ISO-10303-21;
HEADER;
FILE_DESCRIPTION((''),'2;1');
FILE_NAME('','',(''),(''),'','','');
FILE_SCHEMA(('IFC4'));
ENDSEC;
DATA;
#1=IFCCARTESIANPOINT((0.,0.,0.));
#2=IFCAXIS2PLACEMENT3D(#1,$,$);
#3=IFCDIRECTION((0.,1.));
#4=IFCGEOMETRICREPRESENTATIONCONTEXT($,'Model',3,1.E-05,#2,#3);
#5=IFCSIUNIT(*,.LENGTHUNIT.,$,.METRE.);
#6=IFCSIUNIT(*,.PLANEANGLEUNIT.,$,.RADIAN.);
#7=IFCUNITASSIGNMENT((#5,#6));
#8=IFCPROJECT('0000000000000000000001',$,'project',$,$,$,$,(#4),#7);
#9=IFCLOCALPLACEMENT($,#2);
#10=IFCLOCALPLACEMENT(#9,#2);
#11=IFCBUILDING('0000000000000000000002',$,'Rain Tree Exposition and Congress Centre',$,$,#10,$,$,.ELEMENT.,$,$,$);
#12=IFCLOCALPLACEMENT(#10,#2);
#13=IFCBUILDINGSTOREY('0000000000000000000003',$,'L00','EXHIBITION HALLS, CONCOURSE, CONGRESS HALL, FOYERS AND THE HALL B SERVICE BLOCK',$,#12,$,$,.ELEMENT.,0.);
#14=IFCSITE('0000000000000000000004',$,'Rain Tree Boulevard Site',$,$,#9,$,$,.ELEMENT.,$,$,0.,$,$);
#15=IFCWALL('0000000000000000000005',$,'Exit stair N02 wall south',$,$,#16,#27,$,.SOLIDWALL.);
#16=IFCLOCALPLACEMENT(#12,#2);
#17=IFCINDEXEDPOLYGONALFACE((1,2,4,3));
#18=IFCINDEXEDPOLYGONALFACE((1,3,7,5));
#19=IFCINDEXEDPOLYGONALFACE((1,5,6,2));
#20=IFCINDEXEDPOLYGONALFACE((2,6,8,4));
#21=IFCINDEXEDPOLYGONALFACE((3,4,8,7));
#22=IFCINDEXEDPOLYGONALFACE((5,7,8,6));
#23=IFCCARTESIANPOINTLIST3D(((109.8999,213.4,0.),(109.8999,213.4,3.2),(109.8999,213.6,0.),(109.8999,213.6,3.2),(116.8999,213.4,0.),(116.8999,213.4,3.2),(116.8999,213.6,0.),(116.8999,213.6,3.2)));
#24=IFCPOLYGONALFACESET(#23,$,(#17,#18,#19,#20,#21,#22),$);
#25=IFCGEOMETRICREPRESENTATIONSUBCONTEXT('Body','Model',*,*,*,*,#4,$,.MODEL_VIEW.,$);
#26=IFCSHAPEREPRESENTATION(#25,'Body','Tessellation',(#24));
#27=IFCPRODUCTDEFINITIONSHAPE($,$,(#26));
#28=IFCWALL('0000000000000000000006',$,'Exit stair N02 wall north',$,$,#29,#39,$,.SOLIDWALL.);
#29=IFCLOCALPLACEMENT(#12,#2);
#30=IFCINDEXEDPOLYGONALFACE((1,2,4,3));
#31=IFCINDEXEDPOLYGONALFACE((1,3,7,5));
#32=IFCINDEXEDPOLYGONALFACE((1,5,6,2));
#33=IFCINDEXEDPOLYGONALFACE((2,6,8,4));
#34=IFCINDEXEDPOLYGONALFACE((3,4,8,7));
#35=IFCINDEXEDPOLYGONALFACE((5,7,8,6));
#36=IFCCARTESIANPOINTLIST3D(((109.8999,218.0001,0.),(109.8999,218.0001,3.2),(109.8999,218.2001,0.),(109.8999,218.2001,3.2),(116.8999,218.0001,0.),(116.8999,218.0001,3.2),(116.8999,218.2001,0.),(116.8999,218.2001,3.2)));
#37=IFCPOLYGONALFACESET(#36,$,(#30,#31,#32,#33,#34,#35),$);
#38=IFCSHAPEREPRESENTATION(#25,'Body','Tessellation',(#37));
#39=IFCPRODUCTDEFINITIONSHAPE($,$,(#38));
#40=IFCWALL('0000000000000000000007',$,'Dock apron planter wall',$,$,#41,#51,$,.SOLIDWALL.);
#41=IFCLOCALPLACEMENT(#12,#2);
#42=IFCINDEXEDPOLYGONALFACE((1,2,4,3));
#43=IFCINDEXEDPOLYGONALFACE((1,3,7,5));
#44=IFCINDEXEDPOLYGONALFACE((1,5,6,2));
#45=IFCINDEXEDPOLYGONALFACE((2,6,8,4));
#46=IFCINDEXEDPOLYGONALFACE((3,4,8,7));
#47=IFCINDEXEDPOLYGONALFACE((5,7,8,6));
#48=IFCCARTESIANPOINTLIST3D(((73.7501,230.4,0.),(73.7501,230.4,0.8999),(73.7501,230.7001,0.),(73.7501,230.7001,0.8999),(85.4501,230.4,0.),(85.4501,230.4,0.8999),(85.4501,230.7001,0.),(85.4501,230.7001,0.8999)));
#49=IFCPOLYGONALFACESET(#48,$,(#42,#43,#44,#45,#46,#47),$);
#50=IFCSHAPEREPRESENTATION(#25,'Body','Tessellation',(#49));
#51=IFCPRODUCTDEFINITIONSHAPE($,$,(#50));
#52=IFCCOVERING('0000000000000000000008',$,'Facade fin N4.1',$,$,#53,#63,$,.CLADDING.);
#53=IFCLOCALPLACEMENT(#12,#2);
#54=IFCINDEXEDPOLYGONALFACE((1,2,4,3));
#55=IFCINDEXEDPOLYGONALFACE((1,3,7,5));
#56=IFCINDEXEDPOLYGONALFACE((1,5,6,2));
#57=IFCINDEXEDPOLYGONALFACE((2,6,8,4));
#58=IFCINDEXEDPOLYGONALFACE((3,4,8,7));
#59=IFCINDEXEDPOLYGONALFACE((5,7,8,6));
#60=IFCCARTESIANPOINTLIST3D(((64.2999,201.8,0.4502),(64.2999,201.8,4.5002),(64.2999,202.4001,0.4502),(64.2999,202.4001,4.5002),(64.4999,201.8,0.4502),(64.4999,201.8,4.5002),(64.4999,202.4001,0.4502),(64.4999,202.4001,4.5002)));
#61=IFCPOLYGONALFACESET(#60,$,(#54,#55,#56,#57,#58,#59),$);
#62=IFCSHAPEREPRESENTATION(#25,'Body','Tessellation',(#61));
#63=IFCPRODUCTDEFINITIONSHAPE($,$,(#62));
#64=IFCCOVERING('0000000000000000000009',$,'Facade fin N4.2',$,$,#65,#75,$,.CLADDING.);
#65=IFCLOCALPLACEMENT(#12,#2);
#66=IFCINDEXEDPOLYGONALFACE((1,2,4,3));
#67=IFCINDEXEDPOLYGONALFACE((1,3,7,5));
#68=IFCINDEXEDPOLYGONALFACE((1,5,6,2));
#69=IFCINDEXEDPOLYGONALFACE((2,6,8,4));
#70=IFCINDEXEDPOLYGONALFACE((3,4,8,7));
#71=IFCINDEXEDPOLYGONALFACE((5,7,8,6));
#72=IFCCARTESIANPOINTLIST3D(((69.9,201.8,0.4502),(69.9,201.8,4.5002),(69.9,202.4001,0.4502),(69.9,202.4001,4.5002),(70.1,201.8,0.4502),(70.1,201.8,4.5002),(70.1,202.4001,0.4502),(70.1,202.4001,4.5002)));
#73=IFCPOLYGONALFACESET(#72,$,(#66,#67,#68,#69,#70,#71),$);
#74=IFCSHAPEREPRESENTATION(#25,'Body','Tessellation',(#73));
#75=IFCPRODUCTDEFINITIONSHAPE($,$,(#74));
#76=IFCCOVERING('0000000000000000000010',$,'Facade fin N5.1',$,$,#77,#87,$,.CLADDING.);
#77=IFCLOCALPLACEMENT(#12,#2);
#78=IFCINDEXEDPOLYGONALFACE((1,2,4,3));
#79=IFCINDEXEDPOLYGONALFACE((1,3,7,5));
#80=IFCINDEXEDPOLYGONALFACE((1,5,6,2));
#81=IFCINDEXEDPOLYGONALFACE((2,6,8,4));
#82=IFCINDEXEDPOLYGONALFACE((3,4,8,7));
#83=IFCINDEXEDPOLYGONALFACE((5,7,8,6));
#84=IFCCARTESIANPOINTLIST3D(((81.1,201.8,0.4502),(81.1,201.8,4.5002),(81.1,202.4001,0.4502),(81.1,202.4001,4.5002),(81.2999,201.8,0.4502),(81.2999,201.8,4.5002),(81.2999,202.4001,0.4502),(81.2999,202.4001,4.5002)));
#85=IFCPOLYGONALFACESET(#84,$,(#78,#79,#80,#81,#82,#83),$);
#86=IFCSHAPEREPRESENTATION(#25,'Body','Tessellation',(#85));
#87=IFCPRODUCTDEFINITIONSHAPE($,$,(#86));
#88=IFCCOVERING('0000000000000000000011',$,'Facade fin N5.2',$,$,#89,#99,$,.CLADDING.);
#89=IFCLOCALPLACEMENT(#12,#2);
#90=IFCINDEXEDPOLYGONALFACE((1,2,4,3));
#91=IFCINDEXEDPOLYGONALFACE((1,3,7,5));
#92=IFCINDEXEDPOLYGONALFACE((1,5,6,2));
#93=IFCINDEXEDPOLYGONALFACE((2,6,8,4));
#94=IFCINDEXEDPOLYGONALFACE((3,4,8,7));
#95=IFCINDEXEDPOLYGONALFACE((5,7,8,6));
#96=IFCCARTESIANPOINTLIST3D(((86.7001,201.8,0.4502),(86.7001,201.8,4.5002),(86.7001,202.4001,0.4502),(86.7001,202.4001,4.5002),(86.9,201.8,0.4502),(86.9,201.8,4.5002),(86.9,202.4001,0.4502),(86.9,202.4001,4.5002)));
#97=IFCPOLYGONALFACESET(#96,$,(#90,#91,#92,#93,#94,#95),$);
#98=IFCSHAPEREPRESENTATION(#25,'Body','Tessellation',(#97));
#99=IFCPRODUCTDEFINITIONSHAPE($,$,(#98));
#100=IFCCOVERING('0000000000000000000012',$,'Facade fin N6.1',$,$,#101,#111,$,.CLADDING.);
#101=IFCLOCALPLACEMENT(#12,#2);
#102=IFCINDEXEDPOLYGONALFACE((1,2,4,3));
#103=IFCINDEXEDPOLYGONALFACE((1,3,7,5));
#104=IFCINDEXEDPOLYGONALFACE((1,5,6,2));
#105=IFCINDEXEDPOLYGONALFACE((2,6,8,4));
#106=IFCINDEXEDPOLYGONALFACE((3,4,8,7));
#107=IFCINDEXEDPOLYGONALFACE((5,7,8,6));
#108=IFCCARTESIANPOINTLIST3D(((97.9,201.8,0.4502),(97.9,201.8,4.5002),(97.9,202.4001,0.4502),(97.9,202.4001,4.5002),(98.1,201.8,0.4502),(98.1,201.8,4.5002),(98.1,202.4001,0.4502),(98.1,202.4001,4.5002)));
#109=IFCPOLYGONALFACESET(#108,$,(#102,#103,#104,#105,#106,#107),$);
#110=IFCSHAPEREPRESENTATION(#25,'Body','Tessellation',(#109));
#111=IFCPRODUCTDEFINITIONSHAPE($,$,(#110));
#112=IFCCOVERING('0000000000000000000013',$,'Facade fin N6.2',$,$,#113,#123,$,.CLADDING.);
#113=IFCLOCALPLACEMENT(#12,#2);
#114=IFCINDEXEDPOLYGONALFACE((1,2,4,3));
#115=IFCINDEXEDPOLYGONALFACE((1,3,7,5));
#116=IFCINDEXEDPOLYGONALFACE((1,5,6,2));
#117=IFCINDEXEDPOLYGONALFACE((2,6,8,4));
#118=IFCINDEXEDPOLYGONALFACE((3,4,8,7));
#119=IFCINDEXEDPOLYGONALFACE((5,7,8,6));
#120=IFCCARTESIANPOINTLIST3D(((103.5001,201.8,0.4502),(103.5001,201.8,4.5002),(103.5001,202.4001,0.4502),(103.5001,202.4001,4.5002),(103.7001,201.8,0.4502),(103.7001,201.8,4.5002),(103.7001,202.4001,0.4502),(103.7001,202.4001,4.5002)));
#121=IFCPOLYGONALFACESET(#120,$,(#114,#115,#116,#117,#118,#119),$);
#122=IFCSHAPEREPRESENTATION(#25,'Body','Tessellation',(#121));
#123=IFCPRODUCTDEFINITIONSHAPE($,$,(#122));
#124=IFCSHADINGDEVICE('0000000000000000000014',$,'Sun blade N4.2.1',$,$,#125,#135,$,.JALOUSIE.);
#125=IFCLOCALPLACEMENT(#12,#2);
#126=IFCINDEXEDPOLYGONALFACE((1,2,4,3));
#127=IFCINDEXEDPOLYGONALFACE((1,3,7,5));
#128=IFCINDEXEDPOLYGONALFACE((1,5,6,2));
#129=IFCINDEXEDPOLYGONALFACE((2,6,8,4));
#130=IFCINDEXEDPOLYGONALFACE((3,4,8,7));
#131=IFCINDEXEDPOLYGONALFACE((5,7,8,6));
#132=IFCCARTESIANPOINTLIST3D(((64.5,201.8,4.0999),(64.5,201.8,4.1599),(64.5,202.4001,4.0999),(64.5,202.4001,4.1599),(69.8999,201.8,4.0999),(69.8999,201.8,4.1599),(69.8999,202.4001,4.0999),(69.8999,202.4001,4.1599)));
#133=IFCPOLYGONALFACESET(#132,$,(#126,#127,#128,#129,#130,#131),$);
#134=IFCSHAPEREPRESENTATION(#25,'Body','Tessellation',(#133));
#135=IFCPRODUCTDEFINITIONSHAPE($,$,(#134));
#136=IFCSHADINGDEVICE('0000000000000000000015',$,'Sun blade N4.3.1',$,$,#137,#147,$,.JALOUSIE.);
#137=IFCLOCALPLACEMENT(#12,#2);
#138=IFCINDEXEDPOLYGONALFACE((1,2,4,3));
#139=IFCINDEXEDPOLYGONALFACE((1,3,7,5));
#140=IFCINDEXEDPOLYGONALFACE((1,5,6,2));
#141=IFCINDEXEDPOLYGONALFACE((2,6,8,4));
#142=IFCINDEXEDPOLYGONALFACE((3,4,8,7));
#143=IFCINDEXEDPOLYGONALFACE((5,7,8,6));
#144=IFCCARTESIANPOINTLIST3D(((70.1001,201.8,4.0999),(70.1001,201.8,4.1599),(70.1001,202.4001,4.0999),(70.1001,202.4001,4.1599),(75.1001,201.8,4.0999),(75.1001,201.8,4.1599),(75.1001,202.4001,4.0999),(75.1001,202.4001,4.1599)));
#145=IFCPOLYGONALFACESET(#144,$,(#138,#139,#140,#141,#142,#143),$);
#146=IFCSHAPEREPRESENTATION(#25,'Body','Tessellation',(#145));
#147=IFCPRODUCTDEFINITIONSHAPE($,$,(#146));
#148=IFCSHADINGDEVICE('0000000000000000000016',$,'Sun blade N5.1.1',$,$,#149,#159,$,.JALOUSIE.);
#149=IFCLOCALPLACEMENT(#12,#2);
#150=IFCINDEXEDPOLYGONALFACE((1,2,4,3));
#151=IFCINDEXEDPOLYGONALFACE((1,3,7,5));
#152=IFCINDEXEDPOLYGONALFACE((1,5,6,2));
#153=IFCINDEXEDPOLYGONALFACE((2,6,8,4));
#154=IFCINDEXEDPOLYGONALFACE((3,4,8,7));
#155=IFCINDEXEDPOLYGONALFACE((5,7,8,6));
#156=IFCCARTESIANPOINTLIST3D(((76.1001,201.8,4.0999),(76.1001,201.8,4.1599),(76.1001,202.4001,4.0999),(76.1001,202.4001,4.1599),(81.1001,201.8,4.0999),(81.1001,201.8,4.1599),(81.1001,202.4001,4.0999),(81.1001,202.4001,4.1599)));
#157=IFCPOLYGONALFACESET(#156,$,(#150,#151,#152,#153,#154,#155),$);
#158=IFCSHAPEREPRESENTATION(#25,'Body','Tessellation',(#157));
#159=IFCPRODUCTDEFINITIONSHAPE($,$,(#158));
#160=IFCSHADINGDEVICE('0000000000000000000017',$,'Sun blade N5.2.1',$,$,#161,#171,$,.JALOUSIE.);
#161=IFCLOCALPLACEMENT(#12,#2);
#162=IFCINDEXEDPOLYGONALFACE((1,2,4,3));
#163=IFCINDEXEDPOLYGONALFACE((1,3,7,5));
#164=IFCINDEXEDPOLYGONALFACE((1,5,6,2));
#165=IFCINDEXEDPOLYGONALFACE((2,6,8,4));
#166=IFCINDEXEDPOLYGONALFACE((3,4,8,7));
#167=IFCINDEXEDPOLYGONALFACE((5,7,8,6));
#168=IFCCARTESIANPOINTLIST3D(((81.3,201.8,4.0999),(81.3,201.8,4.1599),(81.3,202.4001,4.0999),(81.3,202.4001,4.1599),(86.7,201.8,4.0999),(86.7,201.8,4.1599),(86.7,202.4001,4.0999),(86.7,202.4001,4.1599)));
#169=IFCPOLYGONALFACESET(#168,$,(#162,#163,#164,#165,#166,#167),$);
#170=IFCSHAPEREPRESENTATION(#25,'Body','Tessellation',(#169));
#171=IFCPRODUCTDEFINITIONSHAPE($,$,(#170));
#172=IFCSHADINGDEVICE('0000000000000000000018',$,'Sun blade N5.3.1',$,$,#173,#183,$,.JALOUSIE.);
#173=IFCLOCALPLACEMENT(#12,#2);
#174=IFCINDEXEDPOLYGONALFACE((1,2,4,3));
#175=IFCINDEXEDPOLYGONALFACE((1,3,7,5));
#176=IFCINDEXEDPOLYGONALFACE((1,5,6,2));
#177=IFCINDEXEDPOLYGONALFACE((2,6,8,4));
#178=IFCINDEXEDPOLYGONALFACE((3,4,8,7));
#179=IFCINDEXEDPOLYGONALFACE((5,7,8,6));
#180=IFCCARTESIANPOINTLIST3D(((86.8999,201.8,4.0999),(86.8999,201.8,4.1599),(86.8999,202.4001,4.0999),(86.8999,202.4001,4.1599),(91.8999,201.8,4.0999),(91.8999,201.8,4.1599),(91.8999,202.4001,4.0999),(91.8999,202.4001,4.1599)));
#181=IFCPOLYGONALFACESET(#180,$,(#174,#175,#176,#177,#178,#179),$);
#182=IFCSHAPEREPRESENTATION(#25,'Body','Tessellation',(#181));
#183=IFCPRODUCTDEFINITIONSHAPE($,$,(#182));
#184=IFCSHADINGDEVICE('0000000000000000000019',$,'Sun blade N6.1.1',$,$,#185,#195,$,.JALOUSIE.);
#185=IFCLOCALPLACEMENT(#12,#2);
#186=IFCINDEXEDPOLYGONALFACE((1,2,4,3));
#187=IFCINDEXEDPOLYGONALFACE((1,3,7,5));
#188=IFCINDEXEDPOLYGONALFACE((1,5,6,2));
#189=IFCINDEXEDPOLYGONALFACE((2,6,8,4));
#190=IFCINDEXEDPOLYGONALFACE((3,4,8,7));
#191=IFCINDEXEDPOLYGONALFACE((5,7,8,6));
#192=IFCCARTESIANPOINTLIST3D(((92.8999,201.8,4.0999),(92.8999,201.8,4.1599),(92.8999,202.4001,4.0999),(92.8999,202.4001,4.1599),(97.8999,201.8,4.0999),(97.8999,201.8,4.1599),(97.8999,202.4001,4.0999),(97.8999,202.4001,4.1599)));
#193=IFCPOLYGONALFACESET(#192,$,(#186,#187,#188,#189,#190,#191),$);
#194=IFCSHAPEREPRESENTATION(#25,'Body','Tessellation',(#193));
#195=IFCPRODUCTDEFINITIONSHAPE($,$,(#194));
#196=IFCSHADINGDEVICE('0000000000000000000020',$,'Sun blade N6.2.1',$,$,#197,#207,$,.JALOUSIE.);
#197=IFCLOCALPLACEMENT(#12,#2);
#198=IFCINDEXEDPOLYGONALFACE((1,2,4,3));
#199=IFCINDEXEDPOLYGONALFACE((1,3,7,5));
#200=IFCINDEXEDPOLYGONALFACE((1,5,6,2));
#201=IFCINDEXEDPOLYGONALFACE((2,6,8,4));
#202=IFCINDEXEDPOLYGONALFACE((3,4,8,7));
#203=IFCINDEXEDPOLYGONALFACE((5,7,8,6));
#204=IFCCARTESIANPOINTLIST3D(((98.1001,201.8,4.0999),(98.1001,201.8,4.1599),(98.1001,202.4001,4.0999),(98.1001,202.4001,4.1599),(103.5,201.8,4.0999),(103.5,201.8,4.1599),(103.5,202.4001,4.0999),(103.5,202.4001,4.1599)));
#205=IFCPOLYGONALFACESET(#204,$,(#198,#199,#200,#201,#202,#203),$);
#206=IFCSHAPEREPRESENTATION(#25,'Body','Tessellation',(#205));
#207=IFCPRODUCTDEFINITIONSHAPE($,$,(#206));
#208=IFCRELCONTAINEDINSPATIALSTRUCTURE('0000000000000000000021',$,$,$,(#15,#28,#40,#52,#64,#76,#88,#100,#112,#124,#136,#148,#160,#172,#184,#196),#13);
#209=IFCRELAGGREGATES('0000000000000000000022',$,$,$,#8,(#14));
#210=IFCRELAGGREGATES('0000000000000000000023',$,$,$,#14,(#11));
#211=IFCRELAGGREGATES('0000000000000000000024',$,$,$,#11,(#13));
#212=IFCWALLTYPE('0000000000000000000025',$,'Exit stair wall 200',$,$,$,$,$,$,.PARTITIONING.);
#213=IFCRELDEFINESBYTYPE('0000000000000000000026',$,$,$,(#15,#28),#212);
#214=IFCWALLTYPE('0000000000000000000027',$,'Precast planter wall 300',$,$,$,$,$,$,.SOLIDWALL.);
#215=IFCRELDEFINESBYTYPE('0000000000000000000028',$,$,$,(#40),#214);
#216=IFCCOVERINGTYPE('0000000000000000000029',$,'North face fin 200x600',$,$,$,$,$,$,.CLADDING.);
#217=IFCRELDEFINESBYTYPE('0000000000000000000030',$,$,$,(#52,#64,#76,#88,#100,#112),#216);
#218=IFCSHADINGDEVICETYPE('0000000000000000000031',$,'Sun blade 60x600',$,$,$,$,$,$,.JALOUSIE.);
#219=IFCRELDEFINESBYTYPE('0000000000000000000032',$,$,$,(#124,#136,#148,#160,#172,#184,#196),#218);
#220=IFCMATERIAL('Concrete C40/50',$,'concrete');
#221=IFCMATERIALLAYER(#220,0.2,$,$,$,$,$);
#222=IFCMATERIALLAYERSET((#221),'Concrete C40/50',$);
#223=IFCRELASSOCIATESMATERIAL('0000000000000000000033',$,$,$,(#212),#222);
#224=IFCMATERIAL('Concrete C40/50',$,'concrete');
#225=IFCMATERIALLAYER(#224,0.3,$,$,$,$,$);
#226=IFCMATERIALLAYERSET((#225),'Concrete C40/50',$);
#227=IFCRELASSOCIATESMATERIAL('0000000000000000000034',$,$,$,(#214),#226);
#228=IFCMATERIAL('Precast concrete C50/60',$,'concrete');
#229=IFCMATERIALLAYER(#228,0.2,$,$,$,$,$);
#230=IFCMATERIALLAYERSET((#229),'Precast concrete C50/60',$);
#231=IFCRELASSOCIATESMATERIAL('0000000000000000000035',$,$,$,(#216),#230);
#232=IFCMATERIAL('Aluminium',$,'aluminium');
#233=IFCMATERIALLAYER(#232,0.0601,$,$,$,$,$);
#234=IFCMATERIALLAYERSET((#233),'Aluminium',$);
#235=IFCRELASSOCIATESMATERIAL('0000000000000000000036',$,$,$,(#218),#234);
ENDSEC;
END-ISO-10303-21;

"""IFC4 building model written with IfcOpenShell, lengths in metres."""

from ifc_helpers import new_model, si_unit, direction, frame, frame_2d, origin, origin_2d, place, context, subcontext, project, spatial, rectangle, extrude, material, layer, layer_set, type_object, element, save


model = new_model("IFC4")

# Units and contexts
model_context = context("Model", 3, precision=1e-05, world=origin(), true_north=direction((0.0, 1.0)))
body_context = subcontext(model_context, "Body", "Model", "MODEL_VIEW")
ifc_project = project(units=[si_unit("LENGTHUNIT", "METRE"), si_unit("PLANEANGLEUNIT", "RADIAN")], contexts=[model_context])

# Site, building, storey
site_placement = place(None, origin())
site = spatial("IfcSite", under=ifc_project, at=site_placement, Name="Rain Tree Boulevard Site", CompositionType="ELEMENT", RefElevation=0.0)
building_placement = place(site_placement, origin())
building = spatial("IfcBuilding", under=site, at=building_placement, Name="Rain Tree Exposition and Congress Centre", CompositionType="ELEMENT")
storey_placement = place(building_placement, origin())
storey = spatial("IfcBuildingStorey", under=building, at=storey_placement, Name="L00", Description="EXHIBITION HALLS, CONCOURSE, CONGRESS HALL, FOYERS AND THE HALL B SERVICE BLOCK", CompositionType="ELEMENT", Elevation=0.0)

# Shared definitions
ifc_material_1 = material(Name="Concrete C40/50", Category="concrete")
ifc_layer_1 = layer(ifc_material_1, 0.2)
ifc_layer_set_1 = layer_set([ifc_layer_1], Name="Concrete C40/50")
wall_type_1 = type_object("IfcWallType", Name="Exit stair wall 200", PredefinedType="PARTITIONING", material=ifc_layer_set_1)

# Walls
for number, where, z_axis, x_axis, name in (
    (1, (109.8999, 213.5, 0.0), (0.0, 0.0, 1.0), (1.0, 0.0, 0.0), "Exit stair N02 wall south"),
    (2, (109.8999, 218.1001, 0.0), (0.0, 0.0, 1.0), (1.0, 0.0, 0.0), "Exit stair N02 wall north"),
):
    element("IfcWall", number, at=place(storey_placement, frame(where, z_axis=z_axis, x_axis=x_axis)), inside=storey, type_object=wall_type_1, Name=name, PredefinedType="SOLIDWALL", context=body_context, shape_type="SweptSolid", body=[
        extrude(rectangle(XDim=7.0, YDim=0.2, at=frame_2d((3.5, 0.0))), origin(), (0.0, 0.0, 1.0), 3.2),
    ])
ifc_material_2 = material(Name="Concrete C40/50", Category="concrete")
ifc_layer_2 = layer(ifc_material_2, 0.3)
ifc_layer_set_2 = layer_set([ifc_layer_2], Name="Concrete C40/50")
wall_type_2 = type_object("IfcWallType", Name="Precast planter wall 300", PredefinedType="SOLIDWALL", material=ifc_layer_set_2)
wall_1_placement = place(storey_placement, frame((73.75, 230.55, 0.0), z_axis=(0.0, 0.0, 1.0), x_axis=(1.0, 0.0, 0.0)))
element("IfcWall", 3, at=wall_1_placement, inside=storey, type_object=wall_type_2, Name="Dock apron planter wall", PredefinedType="SOLIDWALL", context=body_context, shape_type="SweptSolid", body=[
    extrude(rectangle(XDim=11.7, YDim=0.3, at=frame_2d((5.8501, 0.0))), origin(), (0.0, 0.0, 1.0), 0.8999),
])

# Coverings
ifc_material_3 = material(Name="Precast concrete C50/60", Category="concrete")
ifc_layer_3 = layer(ifc_material_3, 0.2)
ifc_layer_set_3 = layer_set([ifc_layer_3], Name="Precast concrete C50/60")
covering_type = type_object("IfcCoveringType", Name="North face fin 200x600", PredefinedType="CLADDING", material=ifc_layer_set_3)
for number, where, z_axis, x_axis, name in (
    (4, (64.3999, 202.1001, 0.4502), (0.0, 0.0, 1.0), (1.0, 0.0, 0.0), "Facade fin N4.1"),
    (5, (70.0, 202.1001, 0.4502), (0.0, 0.0, 1.0), (1.0, 0.0, 0.0), "Facade fin N4.2"),
    (6, (81.2, 202.1001, 0.4502), (0.0, 0.0, 1.0), (1.0, 0.0, 0.0), "Facade fin N5.1"),
    (7, (86.8, 202.1001, 0.4502), (0.0, 0.0, 1.0), (1.0, 0.0, 0.0), "Facade fin N5.2"),
    (8, (98.0, 202.1001, 0.4502), (0.0, 0.0, 1.0), (1.0, 0.0, 0.0), "Facade fin N6.1"),
    (9, (103.6001, 202.1001, 0.4502), (0.0, 0.0, 1.0), (1.0, 0.0, 0.0), "Facade fin N6.2"),
):
    element("IfcCovering", number, at=place(storey_placement, frame(where, z_axis=z_axis, x_axis=x_axis)), inside=storey, type_object=covering_type, Name=name, PredefinedType="CLADDING", context=body_context, shape_type="SweptSolid", body=[
        extrude(rectangle(XDim=0.2, YDim=0.6001, at=origin_2d()), origin(), (0.0, 0.0, 1.0), 4.05),
    ])

# Shading devices
ifc_material_4 = material(Name="Aluminium", Category="aluminium")
ifc_layer_4 = layer(ifc_material_4, 0.0601)
ifc_layer_set_4 = layer_set([ifc_layer_4], Name="Aluminium")
shading_device_type = type_object("IfcShadingDeviceType", Name="Sun blade 60x600", PredefinedType="JALOUSIE", material=ifc_layer_set_4)
shading_device_1_placement = place(storey_placement, frame((67.2, 202.1001, 4.0999), z_axis=(0.0, 0.0, 1.0), x_axis=(1.0, 0.0, 0.0)))
element("IfcShadingDevice", 10, at=shading_device_1_placement, inside=storey, type_object=shading_device_type, Name="Sun blade N4.2.1", PredefinedType="JALOUSIE", context=body_context, shape_type="SweptSolid", body=[
    extrude(rectangle(XDim=5.3999, YDim=0.6001, at=origin_2d()), origin(), (0.0, 0.0, 1.0), 0.0601),
])
for number, where, z_axis, x_axis, name in (
    (11, (72.6001, 202.1001, 4.0999), (0.0, 0.0, 1.0), (1.0, 0.0, 0.0), "Sun blade N4.3.1"),
    (12, (78.6001, 202.1001, 4.0999), (0.0, 0.0, 1.0), (1.0, 0.0, 0.0), "Sun blade N5.1.1"),
):
    element("IfcShadingDevice", number, at=place(storey_placement, frame(where, z_axis=z_axis, x_axis=x_axis)), inside=storey, type_object=shading_device_type, Name=name, PredefinedType="JALOUSIE", context=body_context, shape_type="SweptSolid", body=[
        extrude(rectangle(XDim=5.0, YDim=0.6001, at=origin_2d()), origin(), (0.0, 0.0, 1.0), 0.0601),
    ])
shading_device_2_placement = place(storey_placement, frame((84.0, 202.1001, 4.0999), z_axis=(0.0, 0.0, 1.0), x_axis=(1.0, 0.0, 0.0)))
element("IfcShadingDevice", 13, at=shading_device_2_placement, inside=storey, type_object=shading_device_type, Name="Sun blade N5.2.1", PredefinedType="JALOUSIE", context=body_context, shape_type="SweptSolid", body=[
    extrude(rectangle(XDim=5.3999, YDim=0.6001, at=origin_2d()), origin(), (0.0, 0.0, 1.0), 0.0601),
])
for number, where, z_axis, x_axis, name in (
    (14, (89.3999, 202.1001, 4.0999), (0.0, 0.0, 1.0), (1.0, 0.0, 0.0), "Sun blade N5.3.1"),
    (15, (95.3999, 202.1001, 4.0999), (0.0, 0.0, 1.0), (1.0, 0.0, 0.0), "Sun blade N6.1.1"),
):
    element("IfcShadingDevice", number, at=place(storey_placement, frame(where, z_axis=z_axis, x_axis=x_axis)), inside=storey, type_object=shading_device_type, Name=name, PredefinedType="JALOUSIE", context=body_context, shape_type="SweptSolid", body=[
        extrude(rectangle(XDim=5.0, YDim=0.6001, at=origin_2d()), origin(), (0.0, 0.0, 1.0), 0.0601),
    ])
shading_device_3_placement = place(storey_placement, frame((100.8, 202.1001, 4.0999), z_axis=(0.0, 0.0, 1.0), x_axis=(1.0, 0.0, 0.0)))
element("IfcShadingDevice", 16, at=shading_device_3_placement, inside=storey, type_object=shading_device_type, Name="Sun blade N6.2.1", PredefinedType="JALOUSIE", context=body_context, shape_type="SweptSolid", body=[
    extrude(rectangle(XDim=5.3999, YDim=0.6001, at=origin_2d()), origin(), (0.0, 0.0, 1.0), 0.0601),
])

save(model, "model.ifc")
